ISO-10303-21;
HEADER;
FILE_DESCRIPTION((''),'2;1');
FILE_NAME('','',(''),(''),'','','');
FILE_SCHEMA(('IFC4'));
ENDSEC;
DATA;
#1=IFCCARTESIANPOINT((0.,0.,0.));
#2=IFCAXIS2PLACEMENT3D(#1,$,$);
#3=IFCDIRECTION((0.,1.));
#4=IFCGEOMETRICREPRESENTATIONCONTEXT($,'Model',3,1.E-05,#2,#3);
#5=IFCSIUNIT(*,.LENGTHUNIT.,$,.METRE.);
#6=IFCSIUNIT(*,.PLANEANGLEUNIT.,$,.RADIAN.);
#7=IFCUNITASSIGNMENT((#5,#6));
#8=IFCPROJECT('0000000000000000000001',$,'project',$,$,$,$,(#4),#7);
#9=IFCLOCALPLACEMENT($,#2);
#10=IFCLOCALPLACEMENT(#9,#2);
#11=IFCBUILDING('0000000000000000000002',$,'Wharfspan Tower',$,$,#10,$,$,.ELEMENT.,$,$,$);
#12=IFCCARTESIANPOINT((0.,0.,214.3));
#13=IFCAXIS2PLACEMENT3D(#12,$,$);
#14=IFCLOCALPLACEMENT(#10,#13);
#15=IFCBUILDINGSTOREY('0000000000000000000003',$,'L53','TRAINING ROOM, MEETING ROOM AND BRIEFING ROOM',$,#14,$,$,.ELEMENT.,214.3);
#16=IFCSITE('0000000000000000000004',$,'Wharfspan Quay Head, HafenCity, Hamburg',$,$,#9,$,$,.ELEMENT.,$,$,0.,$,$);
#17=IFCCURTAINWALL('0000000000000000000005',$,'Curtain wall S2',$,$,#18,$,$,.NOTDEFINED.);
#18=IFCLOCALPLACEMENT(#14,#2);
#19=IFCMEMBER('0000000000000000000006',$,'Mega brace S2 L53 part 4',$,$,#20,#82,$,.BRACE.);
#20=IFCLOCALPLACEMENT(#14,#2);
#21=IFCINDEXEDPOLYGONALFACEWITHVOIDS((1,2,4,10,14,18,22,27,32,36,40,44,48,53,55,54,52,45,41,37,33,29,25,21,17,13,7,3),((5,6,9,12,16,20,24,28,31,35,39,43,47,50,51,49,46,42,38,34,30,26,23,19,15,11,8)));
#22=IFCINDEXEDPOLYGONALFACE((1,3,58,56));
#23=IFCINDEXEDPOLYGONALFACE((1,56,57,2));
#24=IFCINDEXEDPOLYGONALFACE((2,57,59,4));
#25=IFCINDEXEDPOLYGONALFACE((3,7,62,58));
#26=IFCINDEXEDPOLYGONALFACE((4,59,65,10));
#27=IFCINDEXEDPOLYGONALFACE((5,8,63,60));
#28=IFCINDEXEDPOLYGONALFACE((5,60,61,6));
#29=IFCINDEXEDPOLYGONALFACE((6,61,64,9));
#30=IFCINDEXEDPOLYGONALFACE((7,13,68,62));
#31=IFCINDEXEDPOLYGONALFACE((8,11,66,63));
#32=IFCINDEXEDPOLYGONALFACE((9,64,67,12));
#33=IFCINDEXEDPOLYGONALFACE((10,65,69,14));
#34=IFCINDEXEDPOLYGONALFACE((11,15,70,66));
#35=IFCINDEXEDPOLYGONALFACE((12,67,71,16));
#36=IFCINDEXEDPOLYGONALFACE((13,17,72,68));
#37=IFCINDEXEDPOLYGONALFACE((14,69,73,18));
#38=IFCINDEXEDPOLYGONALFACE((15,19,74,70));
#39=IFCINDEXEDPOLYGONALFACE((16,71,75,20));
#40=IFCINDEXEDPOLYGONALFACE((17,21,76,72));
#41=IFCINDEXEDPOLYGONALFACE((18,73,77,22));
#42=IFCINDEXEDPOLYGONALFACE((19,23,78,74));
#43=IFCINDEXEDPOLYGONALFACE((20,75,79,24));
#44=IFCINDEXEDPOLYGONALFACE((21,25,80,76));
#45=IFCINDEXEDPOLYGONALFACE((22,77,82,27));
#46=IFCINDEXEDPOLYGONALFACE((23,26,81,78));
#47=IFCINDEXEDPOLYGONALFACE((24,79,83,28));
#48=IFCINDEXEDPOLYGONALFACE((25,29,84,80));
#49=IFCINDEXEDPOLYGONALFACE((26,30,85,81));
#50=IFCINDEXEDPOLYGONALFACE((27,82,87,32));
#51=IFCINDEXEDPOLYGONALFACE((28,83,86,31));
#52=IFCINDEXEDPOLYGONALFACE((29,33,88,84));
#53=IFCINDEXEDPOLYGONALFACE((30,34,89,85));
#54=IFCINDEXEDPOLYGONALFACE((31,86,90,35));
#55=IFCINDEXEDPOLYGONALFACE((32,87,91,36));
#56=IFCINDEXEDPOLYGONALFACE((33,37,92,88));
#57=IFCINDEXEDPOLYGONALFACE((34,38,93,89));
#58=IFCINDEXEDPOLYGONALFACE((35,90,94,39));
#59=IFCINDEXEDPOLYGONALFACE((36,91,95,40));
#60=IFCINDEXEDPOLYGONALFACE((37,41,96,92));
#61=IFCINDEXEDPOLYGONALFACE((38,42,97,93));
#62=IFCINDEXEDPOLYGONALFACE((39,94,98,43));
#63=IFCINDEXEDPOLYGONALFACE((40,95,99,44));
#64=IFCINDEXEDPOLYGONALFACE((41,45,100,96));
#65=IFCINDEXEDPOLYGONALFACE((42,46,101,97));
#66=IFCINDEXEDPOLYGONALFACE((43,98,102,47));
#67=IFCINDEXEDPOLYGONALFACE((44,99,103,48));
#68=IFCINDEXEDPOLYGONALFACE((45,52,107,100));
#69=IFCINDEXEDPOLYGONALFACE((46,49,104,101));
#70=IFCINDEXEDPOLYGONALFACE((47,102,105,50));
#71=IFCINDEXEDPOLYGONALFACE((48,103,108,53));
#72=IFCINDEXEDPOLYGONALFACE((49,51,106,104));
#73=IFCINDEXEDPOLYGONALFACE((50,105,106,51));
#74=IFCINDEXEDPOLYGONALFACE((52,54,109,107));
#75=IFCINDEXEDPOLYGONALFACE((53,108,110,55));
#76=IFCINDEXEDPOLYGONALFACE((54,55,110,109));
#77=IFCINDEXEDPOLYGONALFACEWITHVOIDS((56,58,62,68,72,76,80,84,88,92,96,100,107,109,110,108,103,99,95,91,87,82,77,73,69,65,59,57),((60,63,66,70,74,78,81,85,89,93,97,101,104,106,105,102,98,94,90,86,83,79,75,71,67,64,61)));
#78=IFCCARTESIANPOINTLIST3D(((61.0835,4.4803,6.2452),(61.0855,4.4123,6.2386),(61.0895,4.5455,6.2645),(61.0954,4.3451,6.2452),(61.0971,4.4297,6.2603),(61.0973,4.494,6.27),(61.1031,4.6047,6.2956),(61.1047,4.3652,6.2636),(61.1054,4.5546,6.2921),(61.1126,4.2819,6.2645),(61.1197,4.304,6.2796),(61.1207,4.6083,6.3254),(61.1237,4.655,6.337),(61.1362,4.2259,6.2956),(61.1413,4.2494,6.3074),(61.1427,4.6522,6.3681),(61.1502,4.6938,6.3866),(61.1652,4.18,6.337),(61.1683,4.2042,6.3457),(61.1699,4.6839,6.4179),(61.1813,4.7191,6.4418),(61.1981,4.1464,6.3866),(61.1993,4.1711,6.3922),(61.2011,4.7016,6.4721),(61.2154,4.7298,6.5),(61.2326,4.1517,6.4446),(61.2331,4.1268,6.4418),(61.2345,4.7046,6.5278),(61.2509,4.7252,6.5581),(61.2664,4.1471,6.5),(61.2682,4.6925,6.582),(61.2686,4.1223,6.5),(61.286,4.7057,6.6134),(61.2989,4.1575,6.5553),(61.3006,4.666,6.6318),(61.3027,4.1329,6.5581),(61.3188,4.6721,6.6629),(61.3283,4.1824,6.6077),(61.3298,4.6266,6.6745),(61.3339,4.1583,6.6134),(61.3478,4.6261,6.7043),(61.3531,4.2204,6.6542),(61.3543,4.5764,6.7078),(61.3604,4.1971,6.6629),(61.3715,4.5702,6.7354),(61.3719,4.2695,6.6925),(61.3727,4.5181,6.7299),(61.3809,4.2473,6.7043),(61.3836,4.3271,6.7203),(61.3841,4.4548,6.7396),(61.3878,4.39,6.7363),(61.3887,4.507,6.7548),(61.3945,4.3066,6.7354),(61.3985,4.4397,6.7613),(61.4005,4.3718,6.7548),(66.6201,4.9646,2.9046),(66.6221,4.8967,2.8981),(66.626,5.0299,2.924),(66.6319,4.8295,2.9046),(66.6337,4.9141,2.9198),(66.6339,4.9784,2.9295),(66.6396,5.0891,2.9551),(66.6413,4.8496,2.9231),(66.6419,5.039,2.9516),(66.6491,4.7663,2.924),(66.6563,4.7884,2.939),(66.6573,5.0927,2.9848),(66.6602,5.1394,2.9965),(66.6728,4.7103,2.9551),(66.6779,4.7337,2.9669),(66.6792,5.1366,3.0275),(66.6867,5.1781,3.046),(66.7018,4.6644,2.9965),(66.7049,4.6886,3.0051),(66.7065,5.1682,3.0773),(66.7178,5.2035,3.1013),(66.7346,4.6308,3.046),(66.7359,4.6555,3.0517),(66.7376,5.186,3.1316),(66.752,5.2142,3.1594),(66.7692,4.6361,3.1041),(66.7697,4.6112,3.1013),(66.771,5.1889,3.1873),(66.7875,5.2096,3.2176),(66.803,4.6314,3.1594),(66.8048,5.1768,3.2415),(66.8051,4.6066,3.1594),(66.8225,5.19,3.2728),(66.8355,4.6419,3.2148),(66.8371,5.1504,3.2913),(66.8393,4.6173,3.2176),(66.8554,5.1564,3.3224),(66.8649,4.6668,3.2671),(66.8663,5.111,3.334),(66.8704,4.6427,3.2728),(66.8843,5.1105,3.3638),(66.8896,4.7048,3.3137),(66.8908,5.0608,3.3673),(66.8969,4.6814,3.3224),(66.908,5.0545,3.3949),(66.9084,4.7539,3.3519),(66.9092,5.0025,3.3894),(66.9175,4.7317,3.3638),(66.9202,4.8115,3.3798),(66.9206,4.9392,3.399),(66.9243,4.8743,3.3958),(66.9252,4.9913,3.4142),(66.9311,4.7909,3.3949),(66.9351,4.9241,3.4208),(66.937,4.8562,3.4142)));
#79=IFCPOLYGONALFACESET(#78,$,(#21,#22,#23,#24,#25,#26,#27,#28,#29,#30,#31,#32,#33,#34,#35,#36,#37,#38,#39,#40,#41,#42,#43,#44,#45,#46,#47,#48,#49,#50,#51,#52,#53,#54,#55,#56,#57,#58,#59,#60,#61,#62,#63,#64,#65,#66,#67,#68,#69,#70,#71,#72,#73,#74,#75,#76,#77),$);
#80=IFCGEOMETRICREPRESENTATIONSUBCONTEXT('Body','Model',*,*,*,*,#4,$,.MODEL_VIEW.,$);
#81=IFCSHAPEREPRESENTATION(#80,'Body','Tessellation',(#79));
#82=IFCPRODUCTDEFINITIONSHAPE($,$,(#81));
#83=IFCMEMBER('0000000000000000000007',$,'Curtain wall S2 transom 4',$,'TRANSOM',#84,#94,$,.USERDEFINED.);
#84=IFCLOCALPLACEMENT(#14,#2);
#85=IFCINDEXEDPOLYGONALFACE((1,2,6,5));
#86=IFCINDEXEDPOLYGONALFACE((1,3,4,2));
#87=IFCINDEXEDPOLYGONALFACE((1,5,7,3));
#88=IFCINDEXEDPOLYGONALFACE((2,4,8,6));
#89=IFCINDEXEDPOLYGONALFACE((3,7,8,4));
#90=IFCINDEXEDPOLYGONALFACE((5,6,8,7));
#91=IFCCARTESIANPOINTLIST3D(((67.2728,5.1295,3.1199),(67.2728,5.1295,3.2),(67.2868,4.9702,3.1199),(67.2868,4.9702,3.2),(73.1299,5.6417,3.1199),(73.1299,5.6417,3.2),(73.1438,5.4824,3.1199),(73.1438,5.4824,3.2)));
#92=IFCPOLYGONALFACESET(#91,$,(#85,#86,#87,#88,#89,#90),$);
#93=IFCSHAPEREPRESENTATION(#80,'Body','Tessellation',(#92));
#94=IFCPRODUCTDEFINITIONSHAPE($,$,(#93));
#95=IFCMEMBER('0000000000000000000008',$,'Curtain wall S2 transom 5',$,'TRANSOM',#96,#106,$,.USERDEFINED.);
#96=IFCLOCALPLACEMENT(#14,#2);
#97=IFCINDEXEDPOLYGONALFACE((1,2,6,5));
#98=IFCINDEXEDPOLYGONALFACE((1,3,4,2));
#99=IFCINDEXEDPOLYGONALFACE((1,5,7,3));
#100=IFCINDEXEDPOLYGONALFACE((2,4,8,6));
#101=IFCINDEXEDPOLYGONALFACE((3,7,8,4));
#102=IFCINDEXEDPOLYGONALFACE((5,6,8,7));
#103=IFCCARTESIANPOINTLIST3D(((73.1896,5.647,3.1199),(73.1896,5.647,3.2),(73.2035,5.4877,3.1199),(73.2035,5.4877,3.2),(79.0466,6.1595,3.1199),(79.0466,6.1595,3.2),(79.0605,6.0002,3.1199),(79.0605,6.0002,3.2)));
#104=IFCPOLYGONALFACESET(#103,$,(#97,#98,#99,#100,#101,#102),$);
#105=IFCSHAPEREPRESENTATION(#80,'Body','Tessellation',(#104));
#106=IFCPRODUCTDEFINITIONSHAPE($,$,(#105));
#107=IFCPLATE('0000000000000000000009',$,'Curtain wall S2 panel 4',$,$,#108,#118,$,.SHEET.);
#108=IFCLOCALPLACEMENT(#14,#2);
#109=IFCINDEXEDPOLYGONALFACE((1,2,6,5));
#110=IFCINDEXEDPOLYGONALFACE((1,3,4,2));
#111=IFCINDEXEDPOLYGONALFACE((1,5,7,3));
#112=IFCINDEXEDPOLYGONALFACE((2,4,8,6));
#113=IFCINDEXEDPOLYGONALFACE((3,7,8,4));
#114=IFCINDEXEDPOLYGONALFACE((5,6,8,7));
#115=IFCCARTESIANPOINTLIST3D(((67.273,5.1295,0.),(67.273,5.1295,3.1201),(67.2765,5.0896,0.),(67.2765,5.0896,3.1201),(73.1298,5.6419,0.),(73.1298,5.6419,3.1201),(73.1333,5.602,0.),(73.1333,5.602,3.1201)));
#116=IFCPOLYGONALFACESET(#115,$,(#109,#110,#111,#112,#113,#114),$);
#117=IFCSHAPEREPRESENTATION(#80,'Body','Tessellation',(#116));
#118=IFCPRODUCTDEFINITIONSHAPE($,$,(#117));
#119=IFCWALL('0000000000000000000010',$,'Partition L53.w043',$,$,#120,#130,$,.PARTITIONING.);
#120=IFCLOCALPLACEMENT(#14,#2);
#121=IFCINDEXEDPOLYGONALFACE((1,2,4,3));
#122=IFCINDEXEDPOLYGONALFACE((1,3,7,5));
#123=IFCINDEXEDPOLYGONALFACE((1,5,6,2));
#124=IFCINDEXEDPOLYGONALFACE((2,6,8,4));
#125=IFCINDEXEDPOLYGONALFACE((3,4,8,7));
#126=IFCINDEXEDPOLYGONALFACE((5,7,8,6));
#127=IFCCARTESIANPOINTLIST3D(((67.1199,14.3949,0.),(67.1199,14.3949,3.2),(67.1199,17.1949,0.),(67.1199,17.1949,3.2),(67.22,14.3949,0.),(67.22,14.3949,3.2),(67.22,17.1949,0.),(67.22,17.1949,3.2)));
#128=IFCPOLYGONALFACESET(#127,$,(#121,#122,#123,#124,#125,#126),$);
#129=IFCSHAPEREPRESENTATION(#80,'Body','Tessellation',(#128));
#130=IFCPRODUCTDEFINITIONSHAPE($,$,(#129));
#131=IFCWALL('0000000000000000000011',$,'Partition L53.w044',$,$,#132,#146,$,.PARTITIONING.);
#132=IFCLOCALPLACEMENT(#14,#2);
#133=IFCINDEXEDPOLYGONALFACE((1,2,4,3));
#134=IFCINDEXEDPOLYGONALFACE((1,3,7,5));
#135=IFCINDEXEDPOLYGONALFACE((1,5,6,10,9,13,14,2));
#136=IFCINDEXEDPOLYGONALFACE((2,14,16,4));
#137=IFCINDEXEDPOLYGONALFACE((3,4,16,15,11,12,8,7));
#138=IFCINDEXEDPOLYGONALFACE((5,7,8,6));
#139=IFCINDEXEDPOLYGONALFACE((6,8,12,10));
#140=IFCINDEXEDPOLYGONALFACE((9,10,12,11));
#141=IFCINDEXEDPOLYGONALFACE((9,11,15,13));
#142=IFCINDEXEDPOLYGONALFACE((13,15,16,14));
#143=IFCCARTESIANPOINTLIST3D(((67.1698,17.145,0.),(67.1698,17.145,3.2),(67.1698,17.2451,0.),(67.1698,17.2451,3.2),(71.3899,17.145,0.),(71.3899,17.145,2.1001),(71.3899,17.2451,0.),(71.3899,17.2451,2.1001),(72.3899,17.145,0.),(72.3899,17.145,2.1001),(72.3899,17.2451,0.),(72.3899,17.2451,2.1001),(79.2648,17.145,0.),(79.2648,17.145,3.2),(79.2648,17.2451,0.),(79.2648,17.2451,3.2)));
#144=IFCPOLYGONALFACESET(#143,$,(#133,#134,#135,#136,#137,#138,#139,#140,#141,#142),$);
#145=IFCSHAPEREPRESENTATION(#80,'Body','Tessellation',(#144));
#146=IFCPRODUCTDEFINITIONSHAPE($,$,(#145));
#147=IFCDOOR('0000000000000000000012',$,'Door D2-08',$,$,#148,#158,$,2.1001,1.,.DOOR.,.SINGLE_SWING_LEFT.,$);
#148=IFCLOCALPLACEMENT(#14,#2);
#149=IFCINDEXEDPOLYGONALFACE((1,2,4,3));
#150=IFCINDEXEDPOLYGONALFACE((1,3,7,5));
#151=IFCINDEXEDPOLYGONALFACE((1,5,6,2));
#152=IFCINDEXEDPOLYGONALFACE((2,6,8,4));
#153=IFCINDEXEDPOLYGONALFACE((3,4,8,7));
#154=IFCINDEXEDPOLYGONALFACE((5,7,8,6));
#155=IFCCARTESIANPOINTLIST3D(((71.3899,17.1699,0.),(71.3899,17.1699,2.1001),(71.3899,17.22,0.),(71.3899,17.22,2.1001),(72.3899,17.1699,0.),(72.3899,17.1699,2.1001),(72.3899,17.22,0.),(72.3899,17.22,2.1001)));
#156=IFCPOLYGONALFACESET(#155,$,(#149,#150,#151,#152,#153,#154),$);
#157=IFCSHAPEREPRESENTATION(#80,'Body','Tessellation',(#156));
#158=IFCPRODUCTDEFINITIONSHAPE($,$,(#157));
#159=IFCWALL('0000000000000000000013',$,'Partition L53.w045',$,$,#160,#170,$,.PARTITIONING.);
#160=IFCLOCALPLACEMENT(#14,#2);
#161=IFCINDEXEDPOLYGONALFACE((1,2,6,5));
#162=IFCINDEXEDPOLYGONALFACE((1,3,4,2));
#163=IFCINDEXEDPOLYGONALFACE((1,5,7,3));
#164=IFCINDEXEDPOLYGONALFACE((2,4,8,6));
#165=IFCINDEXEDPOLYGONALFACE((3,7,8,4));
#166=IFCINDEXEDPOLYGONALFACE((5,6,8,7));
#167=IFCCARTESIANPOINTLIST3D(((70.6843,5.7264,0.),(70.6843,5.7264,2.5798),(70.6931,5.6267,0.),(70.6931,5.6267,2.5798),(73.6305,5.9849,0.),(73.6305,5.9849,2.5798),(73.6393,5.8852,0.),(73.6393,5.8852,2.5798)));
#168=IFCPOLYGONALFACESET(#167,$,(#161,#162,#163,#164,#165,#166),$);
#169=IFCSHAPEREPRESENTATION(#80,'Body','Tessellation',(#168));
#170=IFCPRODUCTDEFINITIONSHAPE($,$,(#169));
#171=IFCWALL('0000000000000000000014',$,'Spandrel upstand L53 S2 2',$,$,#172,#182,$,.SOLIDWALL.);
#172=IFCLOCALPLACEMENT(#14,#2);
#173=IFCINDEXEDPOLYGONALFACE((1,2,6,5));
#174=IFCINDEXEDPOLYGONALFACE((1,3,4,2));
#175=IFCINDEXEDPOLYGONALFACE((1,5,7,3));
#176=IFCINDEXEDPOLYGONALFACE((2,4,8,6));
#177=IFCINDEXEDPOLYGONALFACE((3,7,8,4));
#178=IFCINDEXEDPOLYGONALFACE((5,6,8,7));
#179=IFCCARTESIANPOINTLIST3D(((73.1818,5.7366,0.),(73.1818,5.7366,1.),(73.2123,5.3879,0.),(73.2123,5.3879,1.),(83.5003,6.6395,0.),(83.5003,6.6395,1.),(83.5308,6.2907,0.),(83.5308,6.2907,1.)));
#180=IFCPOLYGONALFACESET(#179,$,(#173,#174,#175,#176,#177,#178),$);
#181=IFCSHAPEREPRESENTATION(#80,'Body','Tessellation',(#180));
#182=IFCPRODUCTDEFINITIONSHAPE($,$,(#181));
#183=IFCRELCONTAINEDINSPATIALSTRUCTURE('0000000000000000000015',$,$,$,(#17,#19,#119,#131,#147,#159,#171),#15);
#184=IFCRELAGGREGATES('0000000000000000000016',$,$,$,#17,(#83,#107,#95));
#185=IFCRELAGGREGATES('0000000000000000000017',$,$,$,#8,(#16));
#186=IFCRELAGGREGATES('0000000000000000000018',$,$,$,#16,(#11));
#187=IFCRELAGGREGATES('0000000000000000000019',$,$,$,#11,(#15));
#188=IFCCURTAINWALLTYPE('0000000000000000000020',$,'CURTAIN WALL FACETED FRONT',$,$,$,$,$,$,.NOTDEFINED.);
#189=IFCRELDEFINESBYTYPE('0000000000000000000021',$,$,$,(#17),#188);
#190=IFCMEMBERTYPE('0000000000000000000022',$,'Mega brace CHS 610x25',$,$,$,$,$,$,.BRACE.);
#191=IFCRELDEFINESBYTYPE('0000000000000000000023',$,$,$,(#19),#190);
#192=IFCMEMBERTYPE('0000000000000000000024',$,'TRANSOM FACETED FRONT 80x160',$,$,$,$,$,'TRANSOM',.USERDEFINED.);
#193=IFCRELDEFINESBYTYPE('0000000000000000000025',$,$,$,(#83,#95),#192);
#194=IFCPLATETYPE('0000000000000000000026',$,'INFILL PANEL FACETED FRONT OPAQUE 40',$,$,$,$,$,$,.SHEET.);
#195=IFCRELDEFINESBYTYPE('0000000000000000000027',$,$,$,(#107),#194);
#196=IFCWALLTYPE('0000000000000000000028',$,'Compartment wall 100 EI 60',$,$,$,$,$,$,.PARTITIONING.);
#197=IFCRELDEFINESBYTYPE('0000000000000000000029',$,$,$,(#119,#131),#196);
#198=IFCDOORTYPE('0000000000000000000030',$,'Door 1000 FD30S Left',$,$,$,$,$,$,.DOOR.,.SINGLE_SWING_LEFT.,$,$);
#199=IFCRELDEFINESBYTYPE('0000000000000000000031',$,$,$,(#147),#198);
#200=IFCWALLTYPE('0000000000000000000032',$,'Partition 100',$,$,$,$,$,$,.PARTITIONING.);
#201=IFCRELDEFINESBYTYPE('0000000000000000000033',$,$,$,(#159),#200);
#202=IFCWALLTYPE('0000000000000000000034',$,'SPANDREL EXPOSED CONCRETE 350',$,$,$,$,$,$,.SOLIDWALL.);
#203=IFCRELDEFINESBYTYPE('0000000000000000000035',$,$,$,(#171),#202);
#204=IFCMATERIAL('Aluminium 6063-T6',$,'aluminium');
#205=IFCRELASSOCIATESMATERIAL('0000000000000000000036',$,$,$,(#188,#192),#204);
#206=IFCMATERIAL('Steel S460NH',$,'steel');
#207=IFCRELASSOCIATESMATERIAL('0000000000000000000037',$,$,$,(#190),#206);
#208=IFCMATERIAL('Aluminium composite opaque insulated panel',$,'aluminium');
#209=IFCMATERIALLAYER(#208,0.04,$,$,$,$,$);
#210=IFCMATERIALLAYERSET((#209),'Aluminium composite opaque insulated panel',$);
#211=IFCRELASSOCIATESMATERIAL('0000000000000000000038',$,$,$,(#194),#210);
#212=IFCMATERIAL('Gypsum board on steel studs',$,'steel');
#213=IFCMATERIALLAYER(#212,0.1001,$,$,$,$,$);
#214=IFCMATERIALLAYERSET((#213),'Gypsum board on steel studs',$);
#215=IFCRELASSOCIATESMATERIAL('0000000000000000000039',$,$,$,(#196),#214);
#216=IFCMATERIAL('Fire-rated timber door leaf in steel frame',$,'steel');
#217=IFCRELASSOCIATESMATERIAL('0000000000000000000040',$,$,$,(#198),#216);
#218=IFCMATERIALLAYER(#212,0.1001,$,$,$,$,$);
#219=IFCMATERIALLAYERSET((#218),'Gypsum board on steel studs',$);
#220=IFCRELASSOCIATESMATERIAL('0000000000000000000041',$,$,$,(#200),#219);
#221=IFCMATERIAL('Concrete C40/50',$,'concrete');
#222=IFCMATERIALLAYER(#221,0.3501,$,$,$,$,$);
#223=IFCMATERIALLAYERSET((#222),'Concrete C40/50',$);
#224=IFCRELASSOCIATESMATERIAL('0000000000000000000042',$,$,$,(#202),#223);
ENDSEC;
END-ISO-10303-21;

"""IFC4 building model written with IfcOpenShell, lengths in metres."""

from ifc_helpers import new_model, si_unit, direction, frame, frame_2d, origin, origin_2d, place, context, subcontext, project, spatial, rectangle, hollow_circle, extrude, material, layer, layer_set, material_profile, profile_set, type_object, element, fill, aggregate, save


model = new_model("IFC4")

# Units and contexts
model_context = context("Model", 3, precision=1e-05, world=origin(), true_north=direction((0.0, 1.0)))
body_context = subcontext(model_context, "Body", "Model", "MODEL_VIEW")
ifc_project = project(units=[si_unit("LENGTHUNIT", "METRE"), si_unit("PLANEANGLEUNIT", "RADIAN")], contexts=[model_context])

# Site, building, storey
site_placement = place(None, origin())
site = spatial("IfcSite", under=ifc_project, at=site_placement, Name="Wharfspan Quay Head, HafenCity, Hamburg", CompositionType="ELEMENT", RefElevation=0.0)
building_placement = place(site_placement, origin())
building = spatial("IfcBuilding", under=site, at=building_placement, Name="Wharfspan Tower", CompositionType="ELEMENT")
storey_placement = place(building_placement, frame((0.0, 0.0, 214.3)))
storey = spatial("IfcBuildingStorey", under=building, at=storey_placement, Name="L53", Description="TRAINING ROOM, MEETING ROOM AND BRIEFING ROOM", CompositionType="ELEMENT", Elevation=214.3)

# Curtain wall
ifc_material_1 = material(Name="Aluminium 6063-T6", Category="aluminium")
curtain_wall_type = type_object("IfcCurtainWallType", Name="CURTAIN WALL FACETED FRONT", PredefinedType="NOTDEFINED", material=ifc_material_1)
curtain_wall_placement = place(storey_placement, origin())
curtain_wall = element("IfcCurtainWall", 1, at=curtain_wall_placement, inside=storey, type_object=curtain_wall_type, Name="Curtain wall S2", PredefinedType="NOTDEFINED")

# Member
ifc_material_2 = material(Name="Steel S460NH", Category="steel")
ifc_material_profile_1 = material_profile(ifc_material_2, hollow_circle(Radius=0.3049, WallThickness=0.0249, at=origin_2d()))
ifc_profile_set_1 = profile_set([ifc_material_profile_1], Name="Steel S460NH")
member_type_1 = type_object("IfcMemberType", Name="Mega brace CHS 610x25", PredefinedType="BRACE", material=ifc_profile_set_1)
for number, where, z_axis, x_axis, name in (
    (2, (66.7786, 4.9104, 3.1594), (-0.853829, -0.074698, 0.515166), (0.087155, -0.996197, 0.000003), "Mega brace S2 L53 part 4"),
):
    element("IfcMember", number, at=place(storey_placement, frame(where, z_axis=z_axis, x_axis=x_axis)), inside=storey, type_object=member_type_1, Name=name, PredefinedType="BRACE", context=body_context, shape_type="SweptSolid", body=[
        extrude(hollow_circle(Radius=0.3049, WallThickness=0.0249, at=origin_2d()), origin(), (0.0, 0.0, 1.0), 6.4844),
    ])

# Members
ifc_material_profile_2 = material_profile(ifc_material_1, rectangle(XDim=0.1599, YDim=0.0801, at=origin_2d()))
ifc_profile_set_2 = profile_set([ifc_material_profile_2], Name="Aluminium 6063-T6")
member_type_2 = type_object("IfcMemberType", Name="TRANSOM FACETED FRONT 80x160", ElementType="TRANSOM", PredefinedType="USERDEFINED", material=ifc_profile_set_2)
member_1_placement = place(storey_placement, frame((67.2798, 5.0498, 3.1599), z_axis=(0.996198, 0.087121, 0.0), x_axis=(-0.087121, 0.996198, 0.0)))
member_1 = element("IfcMember", 3, at=member_1_placement, type_object=member_type_2, Name="Curtain wall S2 transom 4", ObjectType="TRANSOM", PredefinedType="USERDEFINED", context=body_context, shape_type="SweptSolid", body=[
    extrude(rectangle(XDim=0.1599, YDim=0.0801, at=origin_2d()), origin(), (0.0, 0.0, 1.0), 5.8794),
])
member_2_placement = place(storey_placement, frame((73.1965, 5.5674, 3.1599), z_axis=(0.996194, 0.087162, 0.0), x_axis=(-0.087162, 0.996194, 0.0)))
member_2 = element("IfcMember", 4, at=member_2_placement, type_object=member_type_2, Name="Curtain wall S2 transom 5", ObjectType="TRANSOM", PredefinedType="USERDEFINED", context=body_context, shape_type="SweptSolid", body=[
    extrude(rectangle(XDim=0.1599, YDim=0.0801, at=origin_2d()), origin(), (0.0, 0.0, 1.0), 5.8794),
])

# Plate
ifc_material_3 = material(Name="Aluminium composite opaque insulated panel", Category="aluminium")
ifc_layer_1 = layer(ifc_material_3, 0.04)
ifc_layer_set_1 = layer_set([ifc_layer_1], Name="Aluminium composite opaque insulated panel")
plate_type = type_object("IfcPlateType", Name="INFILL PANEL FACETED FRONT OPAQUE 40", PredefinedType="SHEET", material=ifc_layer_set_1)
plate_placement = place(storey_placement, frame((70.2031, 5.3657, 0.0), z_axis=(0.0, 0.0, 1.0), x_axis=(0.996197, 0.087156, 0.0)))
plate = element("IfcPlate", 5, at=plate_placement, type_object=plate_type, Name="Curtain wall S2 panel 4", PredefinedType="SHEET", context=body_context, shape_type="SweptSolid", body=[
    extrude(rectangle(XDim=5.8792, YDim=0.04, at=origin_2d()), origin(), (0.0, 0.0, 1.0), 3.1201),
])
aggregate(curtain_wall, [member_1, plate, member_2])

# Wall
ifc_material_4 = material(Name="Gypsum board on steel studs", Category="steel")
ifc_layer_2 = layer(ifc_material_4, 0.1001)
ifc_layer_set_2 = layer_set([ifc_layer_2], Name="Gypsum board on steel studs")
wall_type_1 = type_object("IfcWallType", Name="Compartment wall 100 EI 60", PredefinedType="PARTITIONING", material=ifc_layer_set_2)
wall_1_placement = place(storey_placement, frame((67.1699, 14.395, 0.0), z_axis=(0.0, 0.0, 1.0), x_axis=(0.0, 1.0, 0.0)))
element("IfcWall", 6, at=wall_1_placement, inside=storey, type_object=wall_type_1, Name="Partition L53.w043", PredefinedType="PARTITIONING", context=body_context, shape_type="SweptSolid", body=[
    extrude(rectangle(XDim=2.8, YDim=0.1001, at=frame_2d((1.3999, 0.0))), origin(), (0.0, 0.0, 1.0), 3.2),
])

# Wall, opening, door
wall_2_placement = place(storey_placement, frame((67.1699, 17.1951, 0.0), z_axis=(0.0, 0.0, 1.0), x_axis=(1.0, 0.0, 0.0)))
wall_2 = element("IfcWall", 7, at=wall_2_placement, inside=storey, type_object=wall_type_1, Name="Partition L53.w044", PredefinedType="PARTITIONING", context=body_context, shape_type="SweptSolid", body=[
    extrude(rectangle(XDim=12.095, YDim=0.1001, at=frame_2d((6.0474, 0.0))), origin(), (0.0, 0.0, 1.0), 3.2),
])
opening_placement = place(wall_2_placement, frame((4.22, 0.0, 0.0)))
opening = element("IfcOpeningElement", 8, at=opening_placement, cuts=wall_2, PredefinedType="OPENING", context=body_context, shape_type="SweptSolid", body=[
    extrude(rectangle(XDim=1.0, YDim=2.1001, at=frame_2d((0.5, 1.05))), frame((0.0, 0.0601, 0.0), z_axis=(0.0, -1.0, 0.0), x_axis=(1.0, 0.0, 0.0)), (0.0, 0.0, 1.0), 0.1201),
])
ifc_material_5 = material(Name="Fire-rated timber door leaf in steel frame", Category="steel")
door_type = type_object("IfcDoorType", Name="Door 1000 FD30S Left", OperationType="SINGLE_SWING_LEFT", PredefinedType="DOOR", material=ifc_material_5)
door_placement = place(opening_placement, origin())
door = element("IfcDoor", 9, at=door_placement, inside=storey, type_object=door_type, Name="Door D2-08", OperationType="SINGLE_SWING_LEFT", OverallHeight=2.1001, OverallWidth=1.0, PredefinedType="DOOR", context=body_context, shape_type="SweptSolid", body=[
    extrude(rectangle(XDim=1.0, YDim=2.1001, at=frame_2d((0.5, 1.05))), frame((0.0, 0.0249, 0.0), z_axis=(0.0, -1.0, 0.0), x_axis=(1.0, 0.0, 0.0)), (0.0, 0.0, 1.0), 0.05),
])
fill(opening, door)

# Walls
ifc_layer_3 = layer(ifc_material_4, 0.1001)
ifc_layer_set_3 = layer_set([ifc_layer_3], Name="Gypsum board on steel studs")
wall_type_2 = type_object("IfcWallType", Name="Partition 100", PredefinedType="PARTITIONING", material=ifc_layer_set_3)
wall_3_placement = place(storey_placement, frame((70.6887, 5.6765, 0.0), z_axis=(0.0, 0.0, 1.0), x_axis=(0.996174, 0.087417, 0.0)))
element("IfcWall", 10, at=wall_3_placement, inside=storey, type_object=wall_type_2, Name="Partition L53.w045", PredefinedType="PARTITIONING", context=body_context, shape_type="SweptSolid", body=[
    extrude(rectangle(XDim=2.9575, YDim=0.1001, at=frame_2d((1.4788, 0.0))), origin(), (0.0, 0.0, 1.0), 2.5798),
])
ifc_material_6 = material(Name="Concrete C40/50", Category="concrete")
ifc_layer_4 = layer(ifc_material_6, 0.3501)
ifc_layer_set_4 = layer_set([ifc_layer_4], Name="Concrete C40/50")
wall_type_3 = type_object("IfcWallType", Name="SPANDREL EXPOSED CONCRETE 350", PredefinedType="SOLIDWALL", material=ifc_layer_set_4)
wall_4_placement = place(storey_placement, frame((73.197, 5.5623, 0.0), z_axis=(0.0, 0.0, 1.0), x_axis=(0.996198, 0.087163, 0.0)))
element("IfcWall", 11, at=wall_4_placement, inside=storey, type_object=wall_type_3, Name="Spandrel upstand L53 S2 2", PredefinedType="SOLIDWALL", context=body_context, shape_type="SweptSolid", body=[
    extrude(rectangle(XDim=10.3579, YDim=0.3501, at=frame_2d((5.179, 0.0))), origin(), (0.0, 0.0, 1.0), 1.0),
])

save(model, "model.ifc")
